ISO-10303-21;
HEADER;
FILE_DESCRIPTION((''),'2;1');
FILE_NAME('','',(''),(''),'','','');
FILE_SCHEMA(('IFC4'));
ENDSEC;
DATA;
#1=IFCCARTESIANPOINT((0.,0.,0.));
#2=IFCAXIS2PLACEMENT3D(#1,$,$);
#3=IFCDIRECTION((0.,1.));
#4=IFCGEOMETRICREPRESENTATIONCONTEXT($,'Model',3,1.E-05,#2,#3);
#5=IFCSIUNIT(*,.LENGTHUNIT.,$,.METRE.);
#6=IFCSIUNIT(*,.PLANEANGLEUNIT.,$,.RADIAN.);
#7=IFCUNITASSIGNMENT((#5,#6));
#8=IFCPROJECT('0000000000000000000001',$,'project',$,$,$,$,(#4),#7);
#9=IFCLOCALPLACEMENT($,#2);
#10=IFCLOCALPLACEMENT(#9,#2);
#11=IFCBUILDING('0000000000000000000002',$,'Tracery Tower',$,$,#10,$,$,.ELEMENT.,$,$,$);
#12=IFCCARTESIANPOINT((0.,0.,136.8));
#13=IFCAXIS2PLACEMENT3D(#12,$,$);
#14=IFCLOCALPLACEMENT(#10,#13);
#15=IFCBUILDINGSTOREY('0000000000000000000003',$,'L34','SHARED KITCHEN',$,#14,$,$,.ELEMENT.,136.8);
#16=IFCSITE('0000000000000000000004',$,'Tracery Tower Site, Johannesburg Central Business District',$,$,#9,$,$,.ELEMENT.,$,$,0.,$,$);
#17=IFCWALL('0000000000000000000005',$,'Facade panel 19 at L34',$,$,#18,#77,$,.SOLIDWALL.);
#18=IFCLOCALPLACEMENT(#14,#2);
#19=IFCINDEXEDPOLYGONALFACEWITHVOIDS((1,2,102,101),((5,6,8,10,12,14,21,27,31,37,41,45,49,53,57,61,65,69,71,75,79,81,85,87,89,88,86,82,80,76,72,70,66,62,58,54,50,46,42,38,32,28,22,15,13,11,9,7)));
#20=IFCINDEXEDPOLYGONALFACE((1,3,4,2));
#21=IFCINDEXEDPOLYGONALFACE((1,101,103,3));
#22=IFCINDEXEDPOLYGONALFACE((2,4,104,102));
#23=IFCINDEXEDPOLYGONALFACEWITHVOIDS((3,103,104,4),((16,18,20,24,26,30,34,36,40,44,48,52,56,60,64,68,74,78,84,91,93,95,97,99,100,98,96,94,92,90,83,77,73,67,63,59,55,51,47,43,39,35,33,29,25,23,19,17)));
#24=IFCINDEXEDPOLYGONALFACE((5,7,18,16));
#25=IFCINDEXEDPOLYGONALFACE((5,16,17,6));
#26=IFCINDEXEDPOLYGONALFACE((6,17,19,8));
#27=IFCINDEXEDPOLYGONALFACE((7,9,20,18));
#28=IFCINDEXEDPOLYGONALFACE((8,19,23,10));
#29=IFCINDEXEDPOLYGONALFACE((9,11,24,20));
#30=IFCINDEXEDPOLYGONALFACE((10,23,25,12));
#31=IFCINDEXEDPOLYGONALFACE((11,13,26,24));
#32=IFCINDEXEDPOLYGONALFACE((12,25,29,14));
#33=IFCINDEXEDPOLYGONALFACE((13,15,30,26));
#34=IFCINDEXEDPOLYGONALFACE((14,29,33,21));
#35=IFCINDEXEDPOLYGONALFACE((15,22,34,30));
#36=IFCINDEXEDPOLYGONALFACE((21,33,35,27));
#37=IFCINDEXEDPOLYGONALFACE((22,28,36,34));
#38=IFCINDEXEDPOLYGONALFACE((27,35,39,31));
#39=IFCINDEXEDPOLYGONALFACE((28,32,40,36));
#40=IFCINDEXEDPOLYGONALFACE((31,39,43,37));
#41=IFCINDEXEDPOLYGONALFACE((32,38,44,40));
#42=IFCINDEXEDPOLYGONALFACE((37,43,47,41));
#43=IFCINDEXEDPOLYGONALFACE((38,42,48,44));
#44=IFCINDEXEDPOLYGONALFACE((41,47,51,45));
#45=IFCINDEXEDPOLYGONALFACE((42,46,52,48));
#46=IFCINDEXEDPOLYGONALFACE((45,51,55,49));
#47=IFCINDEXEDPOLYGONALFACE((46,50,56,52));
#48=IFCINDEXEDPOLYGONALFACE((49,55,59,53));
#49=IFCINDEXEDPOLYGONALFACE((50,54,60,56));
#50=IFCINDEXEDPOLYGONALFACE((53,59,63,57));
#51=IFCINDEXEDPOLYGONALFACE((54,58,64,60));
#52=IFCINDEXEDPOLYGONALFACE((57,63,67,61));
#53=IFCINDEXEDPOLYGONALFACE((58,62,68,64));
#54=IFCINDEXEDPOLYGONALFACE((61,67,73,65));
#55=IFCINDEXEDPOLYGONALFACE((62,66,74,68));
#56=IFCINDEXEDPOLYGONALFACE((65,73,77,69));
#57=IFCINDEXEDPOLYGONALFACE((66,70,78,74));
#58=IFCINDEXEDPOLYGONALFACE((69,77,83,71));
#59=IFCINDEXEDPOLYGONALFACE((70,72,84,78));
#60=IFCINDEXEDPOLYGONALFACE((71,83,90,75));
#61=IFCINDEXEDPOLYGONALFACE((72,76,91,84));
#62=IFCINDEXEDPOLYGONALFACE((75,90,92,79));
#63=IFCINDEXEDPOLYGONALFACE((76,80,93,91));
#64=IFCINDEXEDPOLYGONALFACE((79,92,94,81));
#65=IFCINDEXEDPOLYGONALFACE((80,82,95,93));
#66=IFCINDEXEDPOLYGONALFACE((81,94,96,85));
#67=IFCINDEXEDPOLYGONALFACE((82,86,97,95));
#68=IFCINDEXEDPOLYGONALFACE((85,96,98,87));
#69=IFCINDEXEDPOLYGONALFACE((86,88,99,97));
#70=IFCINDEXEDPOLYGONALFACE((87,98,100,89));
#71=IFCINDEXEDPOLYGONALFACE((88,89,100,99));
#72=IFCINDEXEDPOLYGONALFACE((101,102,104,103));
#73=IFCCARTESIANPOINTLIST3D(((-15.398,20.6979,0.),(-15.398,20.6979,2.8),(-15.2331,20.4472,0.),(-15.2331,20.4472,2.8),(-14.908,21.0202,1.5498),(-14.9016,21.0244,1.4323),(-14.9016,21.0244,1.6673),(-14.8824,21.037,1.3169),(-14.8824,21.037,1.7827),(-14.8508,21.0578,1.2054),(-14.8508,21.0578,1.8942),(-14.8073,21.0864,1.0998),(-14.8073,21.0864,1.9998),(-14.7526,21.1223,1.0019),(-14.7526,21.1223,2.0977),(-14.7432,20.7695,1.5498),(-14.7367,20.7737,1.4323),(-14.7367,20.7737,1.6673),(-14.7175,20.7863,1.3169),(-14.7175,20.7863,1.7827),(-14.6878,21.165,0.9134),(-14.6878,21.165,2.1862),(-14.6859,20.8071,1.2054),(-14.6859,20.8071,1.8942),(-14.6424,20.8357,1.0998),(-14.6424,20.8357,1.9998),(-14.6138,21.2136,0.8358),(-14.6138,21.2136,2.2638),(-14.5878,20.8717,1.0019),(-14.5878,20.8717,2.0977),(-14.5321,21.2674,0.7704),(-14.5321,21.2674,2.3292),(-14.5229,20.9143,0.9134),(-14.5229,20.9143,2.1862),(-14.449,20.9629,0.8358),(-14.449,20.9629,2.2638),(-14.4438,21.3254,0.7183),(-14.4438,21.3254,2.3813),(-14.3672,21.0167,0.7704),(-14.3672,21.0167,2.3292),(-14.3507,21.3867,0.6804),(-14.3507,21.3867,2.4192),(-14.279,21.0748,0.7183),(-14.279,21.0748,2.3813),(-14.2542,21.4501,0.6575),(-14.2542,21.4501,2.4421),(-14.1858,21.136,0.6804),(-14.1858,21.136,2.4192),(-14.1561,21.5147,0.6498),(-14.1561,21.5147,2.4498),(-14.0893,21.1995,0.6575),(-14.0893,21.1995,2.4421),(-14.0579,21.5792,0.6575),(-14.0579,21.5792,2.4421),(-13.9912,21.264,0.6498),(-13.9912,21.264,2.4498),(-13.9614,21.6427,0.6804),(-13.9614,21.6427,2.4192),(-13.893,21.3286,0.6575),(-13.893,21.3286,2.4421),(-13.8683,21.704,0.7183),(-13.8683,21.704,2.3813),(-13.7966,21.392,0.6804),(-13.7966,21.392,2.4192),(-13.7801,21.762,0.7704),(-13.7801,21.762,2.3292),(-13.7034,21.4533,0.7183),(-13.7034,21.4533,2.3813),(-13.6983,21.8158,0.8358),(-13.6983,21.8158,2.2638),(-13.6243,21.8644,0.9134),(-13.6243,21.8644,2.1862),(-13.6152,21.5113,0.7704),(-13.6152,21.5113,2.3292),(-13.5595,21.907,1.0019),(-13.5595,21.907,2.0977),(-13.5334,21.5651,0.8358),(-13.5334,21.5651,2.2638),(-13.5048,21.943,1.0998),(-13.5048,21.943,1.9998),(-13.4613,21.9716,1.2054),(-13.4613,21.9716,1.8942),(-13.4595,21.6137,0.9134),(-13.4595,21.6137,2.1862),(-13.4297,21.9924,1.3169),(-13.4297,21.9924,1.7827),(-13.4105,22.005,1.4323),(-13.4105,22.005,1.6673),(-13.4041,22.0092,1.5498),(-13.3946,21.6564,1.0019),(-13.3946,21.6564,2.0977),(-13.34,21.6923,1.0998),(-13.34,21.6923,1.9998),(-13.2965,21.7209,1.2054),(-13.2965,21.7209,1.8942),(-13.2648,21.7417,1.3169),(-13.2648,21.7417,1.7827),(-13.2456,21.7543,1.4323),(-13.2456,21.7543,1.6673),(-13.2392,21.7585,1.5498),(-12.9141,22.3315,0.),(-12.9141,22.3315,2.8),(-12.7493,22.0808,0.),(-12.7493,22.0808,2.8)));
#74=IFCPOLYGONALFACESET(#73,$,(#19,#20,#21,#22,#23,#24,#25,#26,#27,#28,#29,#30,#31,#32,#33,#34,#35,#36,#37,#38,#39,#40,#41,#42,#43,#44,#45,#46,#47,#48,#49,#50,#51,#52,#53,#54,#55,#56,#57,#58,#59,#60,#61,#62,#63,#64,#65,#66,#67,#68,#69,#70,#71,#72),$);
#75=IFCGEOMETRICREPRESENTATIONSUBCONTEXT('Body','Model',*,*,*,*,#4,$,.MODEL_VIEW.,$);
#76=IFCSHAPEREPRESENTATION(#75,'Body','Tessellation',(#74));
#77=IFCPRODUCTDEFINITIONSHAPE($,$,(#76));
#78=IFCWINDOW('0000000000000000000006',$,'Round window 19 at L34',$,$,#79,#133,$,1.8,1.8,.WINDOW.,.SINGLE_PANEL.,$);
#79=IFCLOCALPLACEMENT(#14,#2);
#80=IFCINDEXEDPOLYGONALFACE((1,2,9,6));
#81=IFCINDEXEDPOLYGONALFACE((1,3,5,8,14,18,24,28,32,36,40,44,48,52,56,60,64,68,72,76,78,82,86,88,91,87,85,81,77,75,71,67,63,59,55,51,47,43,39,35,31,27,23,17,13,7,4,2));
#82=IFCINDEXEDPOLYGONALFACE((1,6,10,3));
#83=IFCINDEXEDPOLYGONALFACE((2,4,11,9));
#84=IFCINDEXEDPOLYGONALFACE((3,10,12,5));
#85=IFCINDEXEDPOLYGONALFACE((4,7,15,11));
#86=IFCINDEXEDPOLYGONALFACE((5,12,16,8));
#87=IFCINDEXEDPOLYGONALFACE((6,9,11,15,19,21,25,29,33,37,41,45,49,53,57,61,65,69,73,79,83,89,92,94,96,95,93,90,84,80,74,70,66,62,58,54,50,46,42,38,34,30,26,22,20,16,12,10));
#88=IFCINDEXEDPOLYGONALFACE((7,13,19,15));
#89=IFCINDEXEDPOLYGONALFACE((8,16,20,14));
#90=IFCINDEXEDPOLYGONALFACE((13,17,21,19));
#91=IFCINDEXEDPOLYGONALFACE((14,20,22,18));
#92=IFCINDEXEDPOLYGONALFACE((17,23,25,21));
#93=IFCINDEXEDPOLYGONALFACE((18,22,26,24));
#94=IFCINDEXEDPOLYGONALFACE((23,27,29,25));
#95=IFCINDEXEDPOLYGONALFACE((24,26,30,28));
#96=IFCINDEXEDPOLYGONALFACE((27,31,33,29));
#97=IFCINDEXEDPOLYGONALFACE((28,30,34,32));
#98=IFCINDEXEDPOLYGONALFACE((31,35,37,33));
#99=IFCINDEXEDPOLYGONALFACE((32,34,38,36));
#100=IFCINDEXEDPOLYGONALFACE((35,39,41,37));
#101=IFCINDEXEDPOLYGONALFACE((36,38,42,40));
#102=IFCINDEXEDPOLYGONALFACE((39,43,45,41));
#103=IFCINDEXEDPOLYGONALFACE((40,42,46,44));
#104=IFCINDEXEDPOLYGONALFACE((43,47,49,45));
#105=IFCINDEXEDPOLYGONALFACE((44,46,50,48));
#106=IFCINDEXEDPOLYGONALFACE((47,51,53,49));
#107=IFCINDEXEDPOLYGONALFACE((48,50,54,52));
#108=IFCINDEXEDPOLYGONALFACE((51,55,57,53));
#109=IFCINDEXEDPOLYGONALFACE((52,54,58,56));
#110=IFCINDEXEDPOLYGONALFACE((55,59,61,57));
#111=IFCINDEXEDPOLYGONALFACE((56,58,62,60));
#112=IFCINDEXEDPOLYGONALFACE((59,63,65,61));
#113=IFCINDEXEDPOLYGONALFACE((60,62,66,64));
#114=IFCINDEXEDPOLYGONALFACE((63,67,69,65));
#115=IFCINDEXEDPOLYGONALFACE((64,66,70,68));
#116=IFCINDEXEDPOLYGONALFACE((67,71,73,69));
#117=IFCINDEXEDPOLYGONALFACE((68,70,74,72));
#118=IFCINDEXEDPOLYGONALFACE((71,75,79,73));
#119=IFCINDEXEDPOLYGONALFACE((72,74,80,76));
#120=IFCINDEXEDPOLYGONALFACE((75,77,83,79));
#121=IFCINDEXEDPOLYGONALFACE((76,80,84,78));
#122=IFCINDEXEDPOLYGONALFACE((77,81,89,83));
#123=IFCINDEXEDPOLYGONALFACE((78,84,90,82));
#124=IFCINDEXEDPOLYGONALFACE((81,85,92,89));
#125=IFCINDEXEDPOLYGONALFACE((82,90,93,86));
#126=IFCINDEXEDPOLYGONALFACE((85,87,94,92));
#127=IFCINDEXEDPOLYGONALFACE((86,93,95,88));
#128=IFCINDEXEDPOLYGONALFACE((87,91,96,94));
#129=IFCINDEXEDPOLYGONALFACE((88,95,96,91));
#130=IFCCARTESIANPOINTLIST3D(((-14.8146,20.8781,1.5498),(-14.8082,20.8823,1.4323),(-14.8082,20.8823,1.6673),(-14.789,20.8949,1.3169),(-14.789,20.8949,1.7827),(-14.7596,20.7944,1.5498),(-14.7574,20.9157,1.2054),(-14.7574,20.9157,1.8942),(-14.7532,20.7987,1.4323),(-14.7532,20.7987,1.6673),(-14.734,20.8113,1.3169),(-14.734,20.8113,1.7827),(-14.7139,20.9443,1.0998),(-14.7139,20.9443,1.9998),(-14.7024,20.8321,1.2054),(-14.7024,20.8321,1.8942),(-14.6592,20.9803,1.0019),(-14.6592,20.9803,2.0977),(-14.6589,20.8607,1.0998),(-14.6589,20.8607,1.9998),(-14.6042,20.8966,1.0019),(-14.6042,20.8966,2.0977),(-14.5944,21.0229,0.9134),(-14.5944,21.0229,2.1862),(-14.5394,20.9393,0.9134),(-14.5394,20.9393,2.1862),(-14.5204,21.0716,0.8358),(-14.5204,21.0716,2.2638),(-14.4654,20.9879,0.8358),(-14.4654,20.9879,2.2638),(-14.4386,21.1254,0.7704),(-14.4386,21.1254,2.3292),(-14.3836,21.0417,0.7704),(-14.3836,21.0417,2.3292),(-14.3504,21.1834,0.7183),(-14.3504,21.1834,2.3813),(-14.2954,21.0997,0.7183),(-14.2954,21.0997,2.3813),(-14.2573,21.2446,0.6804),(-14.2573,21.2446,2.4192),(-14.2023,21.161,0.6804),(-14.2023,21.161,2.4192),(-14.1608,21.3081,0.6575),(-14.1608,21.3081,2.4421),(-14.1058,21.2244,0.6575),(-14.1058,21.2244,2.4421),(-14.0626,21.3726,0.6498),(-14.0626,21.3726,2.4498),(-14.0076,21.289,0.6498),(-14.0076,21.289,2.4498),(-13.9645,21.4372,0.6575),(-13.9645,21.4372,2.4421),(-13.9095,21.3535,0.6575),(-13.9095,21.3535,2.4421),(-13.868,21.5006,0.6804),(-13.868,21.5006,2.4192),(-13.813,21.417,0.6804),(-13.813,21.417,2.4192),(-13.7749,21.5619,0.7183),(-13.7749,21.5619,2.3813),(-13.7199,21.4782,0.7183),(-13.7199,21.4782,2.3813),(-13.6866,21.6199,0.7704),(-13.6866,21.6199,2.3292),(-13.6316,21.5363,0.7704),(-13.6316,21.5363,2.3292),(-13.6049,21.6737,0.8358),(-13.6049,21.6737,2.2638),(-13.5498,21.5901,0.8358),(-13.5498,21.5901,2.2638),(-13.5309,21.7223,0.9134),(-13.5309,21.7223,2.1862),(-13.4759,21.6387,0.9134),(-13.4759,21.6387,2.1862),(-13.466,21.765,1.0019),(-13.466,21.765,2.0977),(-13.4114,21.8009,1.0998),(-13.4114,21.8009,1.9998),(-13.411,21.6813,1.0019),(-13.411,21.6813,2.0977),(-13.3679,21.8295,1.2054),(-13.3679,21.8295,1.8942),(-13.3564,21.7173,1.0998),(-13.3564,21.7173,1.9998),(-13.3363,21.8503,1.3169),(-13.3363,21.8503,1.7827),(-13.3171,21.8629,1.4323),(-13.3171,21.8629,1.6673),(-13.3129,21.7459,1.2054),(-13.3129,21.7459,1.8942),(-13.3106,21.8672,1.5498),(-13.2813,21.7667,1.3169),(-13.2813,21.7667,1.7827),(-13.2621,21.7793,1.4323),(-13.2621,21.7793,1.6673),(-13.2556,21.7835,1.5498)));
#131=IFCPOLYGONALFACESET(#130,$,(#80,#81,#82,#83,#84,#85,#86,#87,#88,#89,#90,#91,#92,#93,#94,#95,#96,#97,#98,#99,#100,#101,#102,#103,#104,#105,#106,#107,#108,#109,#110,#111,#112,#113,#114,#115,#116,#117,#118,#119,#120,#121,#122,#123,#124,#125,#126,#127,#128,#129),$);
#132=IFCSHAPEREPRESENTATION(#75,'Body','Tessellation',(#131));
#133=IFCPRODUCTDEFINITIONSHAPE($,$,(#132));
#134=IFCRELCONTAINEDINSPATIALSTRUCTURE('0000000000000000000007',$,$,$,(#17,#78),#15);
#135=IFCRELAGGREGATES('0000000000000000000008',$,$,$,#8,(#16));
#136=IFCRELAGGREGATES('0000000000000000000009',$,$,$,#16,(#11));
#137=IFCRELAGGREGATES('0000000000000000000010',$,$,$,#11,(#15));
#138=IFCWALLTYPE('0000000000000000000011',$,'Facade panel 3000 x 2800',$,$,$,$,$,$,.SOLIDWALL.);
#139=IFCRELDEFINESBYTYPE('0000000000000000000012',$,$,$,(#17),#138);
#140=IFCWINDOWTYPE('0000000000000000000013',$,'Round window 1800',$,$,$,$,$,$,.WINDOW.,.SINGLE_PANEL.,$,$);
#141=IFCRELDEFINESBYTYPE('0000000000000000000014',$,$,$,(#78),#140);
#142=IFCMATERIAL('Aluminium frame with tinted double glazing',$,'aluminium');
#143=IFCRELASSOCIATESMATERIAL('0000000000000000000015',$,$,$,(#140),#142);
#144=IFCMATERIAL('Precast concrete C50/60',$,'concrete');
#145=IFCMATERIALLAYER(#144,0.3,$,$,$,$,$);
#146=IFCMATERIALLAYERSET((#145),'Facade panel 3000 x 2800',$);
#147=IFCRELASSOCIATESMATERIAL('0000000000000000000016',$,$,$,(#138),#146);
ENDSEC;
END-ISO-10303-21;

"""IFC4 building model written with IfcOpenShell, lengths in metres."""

from ifc_helpers import new_model, si_unit, direction, frame, frame_2d, origin, origin_2d, place, context, subcontext, project, spatial, rectangle, circle, extrude, material, layer, layer_set, type_object, element, fill, save


model = new_model("IFC4")

# Units and contexts
model_context = context("Model", 3, precision=1e-05, world=origin(), true_north=direction((0.0, 1.0)))
body_context = subcontext(model_context, "Body", "Model", "MODEL_VIEW")
ifc_project = project(units=[si_unit("LENGTHUNIT", "METRE"), si_unit("PLANEANGLEUNIT", "RADIAN")], contexts=[model_context])

# Site, building, storey
site_placement = place(None, origin())
site = spatial("IfcSite", under=ifc_project, at=site_placement, Name="Tracery Tower Site, Johannesburg Central Business District", CompositionType="ELEMENT", RefElevation=0.0)
building_placement = place(site_placement, origin())
building = spatial("IfcBuilding", under=site, at=building_placement, Name="Tracery Tower", CompositionType="ELEMENT")
storey_placement = place(building_placement, frame((0.0, 0.0, 136.8)))
storey = spatial("IfcBuildingStorey", under=building, at=storey_placement, Name="L34", Description="SHARED KITCHEN", CompositionType="ELEMENT", Elevation=136.8)

# Wall, opening, window
ifc_material_1 = material(Name="Aluminium frame with tinted double glazing", Category="aluminium")
window_type = type_object("IfcWindowType", Name="Round window 1800", PartitioningType="SINGLE_PANEL", PredefinedType="WINDOW", material=ifc_material_1)
ifc_material_2 = material(Name="Precast concrete C50/60", Category="concrete")
ifc_layer_1 = layer(ifc_material_2, 0.3)
ifc_layer_set_1 = layer_set([ifc_layer_1], Name="Facade panel 3000 x 2800")
wall_type_1 = type_object("IfcWallType", Name="Facade panel 3000 x 2800", PredefinedType="SOLIDWALL", material=ifc_layer_set_1)
wall_1_placement = place(storey_placement, frame((-12.8318, 22.2061, 0.0), z_axis=(0.0, 0.0, 1.0), x_axis=(-0.835508, -0.549478, 0.0)))
wall_1 = element("IfcWall", 1, at=wall_1_placement, inside=storey, type_object=wall_type_1, Name="Facade panel 19 at L34", PredefinedType="SOLIDWALL", context=body_context, shape_type="SweptSolid", body=[
    extrude(rectangle(XDim=2.9729, YDim=0.3, at=frame_2d((1.4863, 0.0))), origin(), (0.0, 0.0, 1.0), 2.8),
])
opening_1_placement = place(wall_1_placement, frame((1.4863, 0.0, 1.5498)))
opening_1 = element("IfcOpeningElement", 2, at=opening_1_placement, cuts=wall_1, PredefinedType="OPENING", context=body_context, shape_type="SweptSolid", body=[
    extrude(circle(Radius=0.9, at=origin_2d()), frame((0.0, 0.1599, 0.0), z_axis=(0.0, -1.0, 0.0), x_axis=(1.0, 0.0, 0.0)), (0.0, 0.0, 1.0), 0.3201),
])
window_1_placement = place(opening_1_placement, origin())
window_1 = element("IfcWindow", 3, at=window_1_placement, inside=storey, type_object=window_type, Name="Round window 19 at L34", OverallHeight=1.8, OverallWidth=1.8, PartitioningType="SINGLE_PANEL", PredefinedType="WINDOW", context=body_context, shape_type="SweptSolid", body=[
    extrude(circle(Radius=0.9, at=origin_2d()), frame((0.0, 0.1201, 0.0), z_axis=(0.0, -1.0, 0.0), x_axis=(1.0, 0.0, 0.0)), (0.0, 0.0, 1.0), 0.1001),
])
fill(opening_1, window_1)

save(model, "model.ifc")
